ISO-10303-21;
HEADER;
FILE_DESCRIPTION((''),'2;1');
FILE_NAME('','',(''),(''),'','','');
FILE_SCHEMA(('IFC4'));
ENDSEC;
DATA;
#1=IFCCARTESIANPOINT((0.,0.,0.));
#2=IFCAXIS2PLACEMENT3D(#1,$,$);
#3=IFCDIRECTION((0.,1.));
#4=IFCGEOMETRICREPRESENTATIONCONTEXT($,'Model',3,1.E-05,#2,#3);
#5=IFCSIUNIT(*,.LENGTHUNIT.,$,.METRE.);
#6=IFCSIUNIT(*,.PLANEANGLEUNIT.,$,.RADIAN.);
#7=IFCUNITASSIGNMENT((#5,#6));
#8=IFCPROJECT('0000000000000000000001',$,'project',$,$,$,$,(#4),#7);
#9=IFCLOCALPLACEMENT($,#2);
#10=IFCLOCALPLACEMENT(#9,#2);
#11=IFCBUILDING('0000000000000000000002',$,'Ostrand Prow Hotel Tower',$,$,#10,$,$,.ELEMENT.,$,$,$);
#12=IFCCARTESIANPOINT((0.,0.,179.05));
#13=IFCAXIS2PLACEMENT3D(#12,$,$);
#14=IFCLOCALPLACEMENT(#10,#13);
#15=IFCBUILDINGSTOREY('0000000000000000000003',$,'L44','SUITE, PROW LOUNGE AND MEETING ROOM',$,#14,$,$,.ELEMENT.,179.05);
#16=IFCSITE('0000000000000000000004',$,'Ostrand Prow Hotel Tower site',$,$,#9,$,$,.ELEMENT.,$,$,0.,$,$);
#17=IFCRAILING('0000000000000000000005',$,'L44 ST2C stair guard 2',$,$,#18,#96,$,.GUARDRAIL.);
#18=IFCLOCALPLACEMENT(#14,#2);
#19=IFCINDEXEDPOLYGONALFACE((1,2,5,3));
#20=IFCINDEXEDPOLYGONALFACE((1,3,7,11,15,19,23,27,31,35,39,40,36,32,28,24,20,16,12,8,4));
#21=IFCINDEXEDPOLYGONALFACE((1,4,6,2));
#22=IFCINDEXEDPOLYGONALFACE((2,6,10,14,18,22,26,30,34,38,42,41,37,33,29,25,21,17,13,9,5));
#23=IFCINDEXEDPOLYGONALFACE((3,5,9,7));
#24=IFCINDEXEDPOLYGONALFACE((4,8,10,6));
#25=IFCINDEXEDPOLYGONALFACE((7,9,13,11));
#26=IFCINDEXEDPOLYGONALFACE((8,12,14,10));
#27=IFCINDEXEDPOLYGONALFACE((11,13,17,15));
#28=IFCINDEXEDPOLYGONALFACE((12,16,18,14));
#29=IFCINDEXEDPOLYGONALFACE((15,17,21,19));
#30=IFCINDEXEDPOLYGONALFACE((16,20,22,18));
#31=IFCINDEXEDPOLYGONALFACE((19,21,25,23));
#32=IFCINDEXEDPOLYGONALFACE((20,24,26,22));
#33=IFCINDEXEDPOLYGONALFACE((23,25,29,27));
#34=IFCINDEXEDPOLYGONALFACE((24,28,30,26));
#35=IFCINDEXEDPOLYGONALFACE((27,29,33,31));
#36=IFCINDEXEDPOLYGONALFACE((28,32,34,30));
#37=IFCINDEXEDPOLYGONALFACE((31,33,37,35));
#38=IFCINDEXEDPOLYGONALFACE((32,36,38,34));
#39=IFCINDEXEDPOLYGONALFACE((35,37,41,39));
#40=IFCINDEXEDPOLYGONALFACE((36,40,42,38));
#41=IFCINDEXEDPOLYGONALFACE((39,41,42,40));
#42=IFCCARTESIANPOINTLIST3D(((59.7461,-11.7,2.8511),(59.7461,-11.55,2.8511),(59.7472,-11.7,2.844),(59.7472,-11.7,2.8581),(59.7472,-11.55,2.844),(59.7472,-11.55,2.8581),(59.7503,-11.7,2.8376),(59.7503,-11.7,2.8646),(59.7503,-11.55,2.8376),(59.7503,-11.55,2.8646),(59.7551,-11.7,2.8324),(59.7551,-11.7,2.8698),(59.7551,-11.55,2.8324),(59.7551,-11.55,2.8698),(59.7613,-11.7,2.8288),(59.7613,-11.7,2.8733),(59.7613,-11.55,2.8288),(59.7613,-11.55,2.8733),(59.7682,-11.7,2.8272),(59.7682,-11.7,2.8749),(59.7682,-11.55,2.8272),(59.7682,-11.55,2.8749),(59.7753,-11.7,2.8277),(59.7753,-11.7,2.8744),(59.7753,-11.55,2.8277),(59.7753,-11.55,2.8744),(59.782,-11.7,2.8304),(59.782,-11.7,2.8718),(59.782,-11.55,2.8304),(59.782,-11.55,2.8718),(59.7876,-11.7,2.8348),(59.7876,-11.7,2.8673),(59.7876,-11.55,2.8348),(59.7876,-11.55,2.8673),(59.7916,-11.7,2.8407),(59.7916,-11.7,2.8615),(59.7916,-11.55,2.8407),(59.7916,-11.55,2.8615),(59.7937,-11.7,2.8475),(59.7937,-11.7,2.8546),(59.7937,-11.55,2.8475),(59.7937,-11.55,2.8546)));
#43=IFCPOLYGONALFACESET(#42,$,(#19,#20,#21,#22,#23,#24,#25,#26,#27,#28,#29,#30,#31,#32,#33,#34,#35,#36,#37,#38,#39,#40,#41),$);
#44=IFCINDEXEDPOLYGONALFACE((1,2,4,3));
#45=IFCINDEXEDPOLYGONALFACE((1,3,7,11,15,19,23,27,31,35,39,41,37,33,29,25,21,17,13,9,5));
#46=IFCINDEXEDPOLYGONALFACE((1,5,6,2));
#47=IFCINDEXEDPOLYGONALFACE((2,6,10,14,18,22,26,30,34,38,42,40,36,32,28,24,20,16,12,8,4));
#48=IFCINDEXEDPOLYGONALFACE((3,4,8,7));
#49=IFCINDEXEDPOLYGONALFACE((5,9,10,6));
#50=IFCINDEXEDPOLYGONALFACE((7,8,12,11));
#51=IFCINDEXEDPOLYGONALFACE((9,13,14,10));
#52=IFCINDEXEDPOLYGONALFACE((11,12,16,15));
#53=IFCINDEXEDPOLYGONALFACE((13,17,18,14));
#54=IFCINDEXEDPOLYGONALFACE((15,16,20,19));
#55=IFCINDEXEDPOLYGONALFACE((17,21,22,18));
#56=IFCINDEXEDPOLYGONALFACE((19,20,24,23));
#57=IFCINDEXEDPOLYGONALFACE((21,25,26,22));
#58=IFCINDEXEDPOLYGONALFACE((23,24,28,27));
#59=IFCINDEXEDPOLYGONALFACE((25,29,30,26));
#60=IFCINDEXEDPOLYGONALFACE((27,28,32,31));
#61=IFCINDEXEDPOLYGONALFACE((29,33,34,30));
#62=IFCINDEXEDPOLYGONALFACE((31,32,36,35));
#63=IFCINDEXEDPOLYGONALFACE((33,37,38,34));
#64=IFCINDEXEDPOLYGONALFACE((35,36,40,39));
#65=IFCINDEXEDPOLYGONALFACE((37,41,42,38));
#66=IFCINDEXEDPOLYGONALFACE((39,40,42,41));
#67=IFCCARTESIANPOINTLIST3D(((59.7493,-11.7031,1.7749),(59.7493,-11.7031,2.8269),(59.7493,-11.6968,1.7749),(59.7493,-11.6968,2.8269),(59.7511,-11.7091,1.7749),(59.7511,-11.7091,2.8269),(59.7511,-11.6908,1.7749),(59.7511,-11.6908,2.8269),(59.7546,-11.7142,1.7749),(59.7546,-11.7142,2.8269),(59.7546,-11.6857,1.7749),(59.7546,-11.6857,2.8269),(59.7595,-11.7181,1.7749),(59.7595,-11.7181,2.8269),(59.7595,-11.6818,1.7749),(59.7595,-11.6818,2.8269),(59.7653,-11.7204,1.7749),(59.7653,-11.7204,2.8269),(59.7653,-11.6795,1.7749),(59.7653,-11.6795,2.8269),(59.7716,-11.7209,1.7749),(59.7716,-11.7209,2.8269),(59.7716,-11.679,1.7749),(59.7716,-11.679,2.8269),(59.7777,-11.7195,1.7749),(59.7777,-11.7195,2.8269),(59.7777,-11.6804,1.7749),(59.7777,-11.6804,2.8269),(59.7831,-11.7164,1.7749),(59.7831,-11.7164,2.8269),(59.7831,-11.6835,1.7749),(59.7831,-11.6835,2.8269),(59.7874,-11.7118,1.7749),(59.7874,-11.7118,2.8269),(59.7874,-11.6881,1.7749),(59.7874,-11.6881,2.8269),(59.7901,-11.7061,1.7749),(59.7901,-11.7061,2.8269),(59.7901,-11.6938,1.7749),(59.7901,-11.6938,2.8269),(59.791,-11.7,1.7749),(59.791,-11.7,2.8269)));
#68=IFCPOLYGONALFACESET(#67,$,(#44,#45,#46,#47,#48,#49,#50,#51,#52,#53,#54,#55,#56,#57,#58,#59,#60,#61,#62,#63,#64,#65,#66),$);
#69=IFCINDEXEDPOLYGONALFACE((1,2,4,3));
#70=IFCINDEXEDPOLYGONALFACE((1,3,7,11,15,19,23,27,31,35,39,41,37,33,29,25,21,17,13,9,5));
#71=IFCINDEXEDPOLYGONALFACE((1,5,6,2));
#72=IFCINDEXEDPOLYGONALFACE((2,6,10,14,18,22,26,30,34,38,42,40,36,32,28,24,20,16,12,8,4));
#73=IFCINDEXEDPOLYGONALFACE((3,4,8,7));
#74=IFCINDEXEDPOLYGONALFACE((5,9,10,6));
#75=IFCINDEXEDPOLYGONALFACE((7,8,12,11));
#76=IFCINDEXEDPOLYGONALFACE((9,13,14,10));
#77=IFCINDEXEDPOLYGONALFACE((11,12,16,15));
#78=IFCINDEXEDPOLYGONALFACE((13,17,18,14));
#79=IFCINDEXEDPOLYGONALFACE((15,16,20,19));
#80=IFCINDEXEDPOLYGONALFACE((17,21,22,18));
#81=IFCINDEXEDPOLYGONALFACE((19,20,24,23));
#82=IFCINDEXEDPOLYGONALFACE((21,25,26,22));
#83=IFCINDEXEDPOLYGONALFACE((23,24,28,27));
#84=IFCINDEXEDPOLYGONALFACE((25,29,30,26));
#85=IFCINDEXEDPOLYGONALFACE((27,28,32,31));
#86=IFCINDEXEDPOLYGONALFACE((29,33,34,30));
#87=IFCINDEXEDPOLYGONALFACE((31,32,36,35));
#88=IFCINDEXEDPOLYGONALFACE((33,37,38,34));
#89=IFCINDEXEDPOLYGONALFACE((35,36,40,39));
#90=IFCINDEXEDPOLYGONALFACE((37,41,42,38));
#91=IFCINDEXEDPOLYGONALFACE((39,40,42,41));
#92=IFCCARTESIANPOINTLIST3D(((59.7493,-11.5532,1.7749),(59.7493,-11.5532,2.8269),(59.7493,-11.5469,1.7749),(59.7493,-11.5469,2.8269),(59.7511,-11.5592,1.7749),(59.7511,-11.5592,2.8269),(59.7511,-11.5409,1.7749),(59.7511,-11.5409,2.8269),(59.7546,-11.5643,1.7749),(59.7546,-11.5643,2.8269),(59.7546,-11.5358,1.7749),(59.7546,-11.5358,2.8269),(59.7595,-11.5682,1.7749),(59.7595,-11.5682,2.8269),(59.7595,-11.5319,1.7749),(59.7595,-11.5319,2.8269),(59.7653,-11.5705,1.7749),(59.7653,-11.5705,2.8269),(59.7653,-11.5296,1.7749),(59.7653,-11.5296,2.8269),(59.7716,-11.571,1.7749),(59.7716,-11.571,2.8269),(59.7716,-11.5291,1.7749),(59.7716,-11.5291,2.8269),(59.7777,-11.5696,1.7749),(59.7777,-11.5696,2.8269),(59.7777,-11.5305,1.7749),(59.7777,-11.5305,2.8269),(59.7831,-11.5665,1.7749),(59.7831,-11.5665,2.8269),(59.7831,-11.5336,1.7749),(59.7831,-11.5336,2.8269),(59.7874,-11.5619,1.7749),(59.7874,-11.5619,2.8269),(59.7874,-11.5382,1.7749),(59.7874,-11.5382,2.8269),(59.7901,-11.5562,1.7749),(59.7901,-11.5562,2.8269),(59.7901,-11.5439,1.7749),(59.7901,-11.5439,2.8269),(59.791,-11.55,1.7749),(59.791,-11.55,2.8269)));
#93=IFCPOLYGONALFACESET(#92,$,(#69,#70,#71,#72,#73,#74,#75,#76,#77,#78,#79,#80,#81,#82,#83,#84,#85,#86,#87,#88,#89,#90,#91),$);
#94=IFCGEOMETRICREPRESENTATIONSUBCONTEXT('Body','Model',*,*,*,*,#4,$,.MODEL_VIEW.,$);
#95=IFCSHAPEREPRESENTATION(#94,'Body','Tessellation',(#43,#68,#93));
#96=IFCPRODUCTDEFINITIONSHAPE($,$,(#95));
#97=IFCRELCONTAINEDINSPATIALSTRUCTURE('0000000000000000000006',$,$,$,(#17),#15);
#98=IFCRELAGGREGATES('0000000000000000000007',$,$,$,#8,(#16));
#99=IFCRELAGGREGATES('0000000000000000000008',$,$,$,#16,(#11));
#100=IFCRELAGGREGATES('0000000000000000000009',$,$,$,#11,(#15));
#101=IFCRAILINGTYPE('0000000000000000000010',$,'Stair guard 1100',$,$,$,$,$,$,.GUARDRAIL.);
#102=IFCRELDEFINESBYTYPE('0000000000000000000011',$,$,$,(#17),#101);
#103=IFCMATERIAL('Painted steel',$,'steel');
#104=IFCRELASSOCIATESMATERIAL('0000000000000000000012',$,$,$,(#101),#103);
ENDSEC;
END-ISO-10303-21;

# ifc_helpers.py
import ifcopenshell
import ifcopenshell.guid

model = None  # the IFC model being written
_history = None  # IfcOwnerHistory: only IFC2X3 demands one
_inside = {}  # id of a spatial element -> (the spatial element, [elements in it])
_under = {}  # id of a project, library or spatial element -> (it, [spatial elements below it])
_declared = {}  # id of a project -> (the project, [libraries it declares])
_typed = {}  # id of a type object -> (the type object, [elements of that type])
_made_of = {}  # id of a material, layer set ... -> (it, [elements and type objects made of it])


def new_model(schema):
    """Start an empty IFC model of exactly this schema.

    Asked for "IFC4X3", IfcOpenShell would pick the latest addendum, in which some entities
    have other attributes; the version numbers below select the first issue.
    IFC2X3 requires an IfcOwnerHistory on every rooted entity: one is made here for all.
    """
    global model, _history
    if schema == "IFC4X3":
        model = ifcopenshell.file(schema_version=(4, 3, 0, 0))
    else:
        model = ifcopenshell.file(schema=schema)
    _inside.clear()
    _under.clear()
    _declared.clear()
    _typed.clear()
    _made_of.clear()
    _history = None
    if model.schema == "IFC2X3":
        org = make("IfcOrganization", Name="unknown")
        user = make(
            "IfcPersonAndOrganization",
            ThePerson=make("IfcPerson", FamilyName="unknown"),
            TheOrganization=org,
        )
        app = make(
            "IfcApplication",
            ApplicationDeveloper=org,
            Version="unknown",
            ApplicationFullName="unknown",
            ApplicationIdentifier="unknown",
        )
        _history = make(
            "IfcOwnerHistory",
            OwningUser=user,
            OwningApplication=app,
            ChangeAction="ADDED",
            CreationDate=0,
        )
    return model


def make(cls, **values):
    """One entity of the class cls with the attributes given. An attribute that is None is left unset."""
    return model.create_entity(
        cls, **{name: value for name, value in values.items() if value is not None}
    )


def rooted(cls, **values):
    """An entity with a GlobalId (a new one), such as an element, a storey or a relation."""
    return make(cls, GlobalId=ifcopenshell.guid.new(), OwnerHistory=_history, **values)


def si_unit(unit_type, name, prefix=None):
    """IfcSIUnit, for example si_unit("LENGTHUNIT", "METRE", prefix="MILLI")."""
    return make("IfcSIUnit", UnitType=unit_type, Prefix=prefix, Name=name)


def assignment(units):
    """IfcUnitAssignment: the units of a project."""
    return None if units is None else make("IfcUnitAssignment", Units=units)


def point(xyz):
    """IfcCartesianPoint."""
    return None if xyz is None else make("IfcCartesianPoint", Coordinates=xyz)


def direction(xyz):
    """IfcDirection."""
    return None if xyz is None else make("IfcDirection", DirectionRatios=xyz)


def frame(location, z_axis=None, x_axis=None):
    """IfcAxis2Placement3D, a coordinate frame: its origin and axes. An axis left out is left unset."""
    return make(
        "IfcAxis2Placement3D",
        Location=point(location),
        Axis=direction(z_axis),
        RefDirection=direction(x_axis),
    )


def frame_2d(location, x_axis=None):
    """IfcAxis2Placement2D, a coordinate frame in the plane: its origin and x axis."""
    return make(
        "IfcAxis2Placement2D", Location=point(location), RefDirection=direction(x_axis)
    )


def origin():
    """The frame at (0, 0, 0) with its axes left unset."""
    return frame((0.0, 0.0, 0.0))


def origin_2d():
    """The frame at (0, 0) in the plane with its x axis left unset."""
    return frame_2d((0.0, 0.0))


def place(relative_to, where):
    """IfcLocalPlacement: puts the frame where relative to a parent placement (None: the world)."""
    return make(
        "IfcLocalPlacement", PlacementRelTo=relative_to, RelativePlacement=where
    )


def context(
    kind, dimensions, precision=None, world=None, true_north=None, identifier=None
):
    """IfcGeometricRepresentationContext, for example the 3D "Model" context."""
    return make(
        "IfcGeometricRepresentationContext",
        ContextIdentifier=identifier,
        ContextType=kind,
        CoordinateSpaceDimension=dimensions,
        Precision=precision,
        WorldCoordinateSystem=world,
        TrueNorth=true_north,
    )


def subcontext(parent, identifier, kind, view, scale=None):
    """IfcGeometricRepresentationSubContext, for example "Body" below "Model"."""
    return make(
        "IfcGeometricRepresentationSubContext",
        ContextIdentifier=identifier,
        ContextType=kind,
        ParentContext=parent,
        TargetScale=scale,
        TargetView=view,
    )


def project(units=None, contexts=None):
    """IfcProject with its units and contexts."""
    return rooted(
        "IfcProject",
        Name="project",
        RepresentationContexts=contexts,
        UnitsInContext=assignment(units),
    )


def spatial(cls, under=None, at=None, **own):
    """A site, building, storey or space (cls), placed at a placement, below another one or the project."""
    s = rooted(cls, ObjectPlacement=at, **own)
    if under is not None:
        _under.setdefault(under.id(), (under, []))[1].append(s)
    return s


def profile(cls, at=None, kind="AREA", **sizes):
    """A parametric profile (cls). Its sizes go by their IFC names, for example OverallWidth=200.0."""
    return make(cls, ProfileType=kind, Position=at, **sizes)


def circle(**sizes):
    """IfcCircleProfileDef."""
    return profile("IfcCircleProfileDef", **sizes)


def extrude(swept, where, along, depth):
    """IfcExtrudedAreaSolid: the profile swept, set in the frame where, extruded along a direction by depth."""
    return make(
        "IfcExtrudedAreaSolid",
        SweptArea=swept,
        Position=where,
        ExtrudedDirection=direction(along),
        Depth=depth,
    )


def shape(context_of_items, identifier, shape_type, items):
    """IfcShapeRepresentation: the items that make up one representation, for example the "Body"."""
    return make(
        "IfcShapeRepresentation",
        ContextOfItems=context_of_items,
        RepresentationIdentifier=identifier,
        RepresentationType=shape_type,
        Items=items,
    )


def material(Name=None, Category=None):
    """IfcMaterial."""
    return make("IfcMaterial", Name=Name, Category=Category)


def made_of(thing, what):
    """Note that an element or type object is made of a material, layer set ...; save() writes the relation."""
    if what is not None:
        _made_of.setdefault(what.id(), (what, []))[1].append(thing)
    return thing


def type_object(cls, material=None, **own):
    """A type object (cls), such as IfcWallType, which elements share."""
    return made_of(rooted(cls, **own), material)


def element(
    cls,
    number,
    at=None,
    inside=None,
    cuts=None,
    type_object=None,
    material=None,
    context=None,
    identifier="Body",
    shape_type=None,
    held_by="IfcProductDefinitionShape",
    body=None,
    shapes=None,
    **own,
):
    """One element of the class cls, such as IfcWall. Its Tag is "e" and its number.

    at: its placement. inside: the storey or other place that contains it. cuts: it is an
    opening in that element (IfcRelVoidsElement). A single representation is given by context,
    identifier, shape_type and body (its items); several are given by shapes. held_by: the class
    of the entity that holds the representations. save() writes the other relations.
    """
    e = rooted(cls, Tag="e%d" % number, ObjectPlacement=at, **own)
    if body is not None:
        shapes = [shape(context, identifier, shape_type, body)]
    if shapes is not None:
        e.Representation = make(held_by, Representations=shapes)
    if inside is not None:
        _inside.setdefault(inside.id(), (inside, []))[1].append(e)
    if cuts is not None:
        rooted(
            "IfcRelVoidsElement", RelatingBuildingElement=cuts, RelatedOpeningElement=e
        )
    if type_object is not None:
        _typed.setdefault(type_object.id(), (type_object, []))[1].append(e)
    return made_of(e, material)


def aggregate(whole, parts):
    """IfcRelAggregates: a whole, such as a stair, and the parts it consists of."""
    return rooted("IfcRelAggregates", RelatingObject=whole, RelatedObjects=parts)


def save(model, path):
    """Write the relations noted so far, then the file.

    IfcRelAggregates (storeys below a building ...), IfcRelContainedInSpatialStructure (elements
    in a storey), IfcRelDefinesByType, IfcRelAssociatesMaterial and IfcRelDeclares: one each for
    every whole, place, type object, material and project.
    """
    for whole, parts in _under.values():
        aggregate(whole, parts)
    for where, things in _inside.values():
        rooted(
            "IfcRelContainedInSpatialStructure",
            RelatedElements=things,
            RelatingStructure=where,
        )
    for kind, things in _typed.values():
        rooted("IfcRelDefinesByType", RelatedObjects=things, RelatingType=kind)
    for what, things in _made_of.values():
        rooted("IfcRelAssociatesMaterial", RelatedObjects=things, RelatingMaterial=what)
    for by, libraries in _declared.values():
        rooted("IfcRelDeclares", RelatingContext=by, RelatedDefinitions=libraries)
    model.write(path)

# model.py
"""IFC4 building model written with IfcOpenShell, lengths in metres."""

from ifc_helpers import new_model, si_unit, direction, frame, origin, origin_2d, place, context, subcontext, project, spatial, circle, extrude, material, type_object, element, save


model = new_model("IFC4")

# Units and contexts
model_context = context("Model", 3, precision=1e-05, world=origin(), true_north=direction((0.0, 1.0)))
body_context = subcontext(model_context, "Body", "Model", "MODEL_VIEW")
ifc_project = project(units=[si_unit("LENGTHUNIT", "METRE"), si_unit("PLANEANGLEUNIT", "RADIAN")], contexts=[model_context])

# Site, building, storey
site_placement = place(None, origin())
site = spatial("IfcSite", under=ifc_project, at=site_placement, Name="Ostrand Prow Hotel Tower site", CompositionType="ELEMENT", RefElevation=0.0)
building_placement = place(site_placement, origin())
building = spatial("IfcBuilding", under=site, at=building_placement, Name="Ostrand Prow Hotel Tower", CompositionType="ELEMENT")
storey_placement = place(building_placement, frame((0.0, 0.0, 179.05)))
storey = spatial("IfcBuildingStorey", under=building, at=storey_placement, Name="L44", Description="SUITE, PROW LOUNGE AND MEETING ROOM", CompositionType="ELEMENT", Elevation=179.05)

# Railing
ifc_material_1 = material(Name="Painted steel", Category="steel")
railing_type_1 = type_object("IfcRailingType", Name="Stair guard 1100", PredefinedType="GUARDRAIL", material=ifc_material_1)
railing_1_placement = place(storey_placement, frame((59.77, -11.7, 1.7749)))
element("IfcRailing", 1, at=railing_1_placement, inside=storey, type_object=railing_type_1, Name="L44 ST2C stair guard 2", PredefinedType="GUARDRAIL", context=body_context, shape_type="SweptSolid", body=[
    extrude(circle(Radius=0.0239, at=origin_2d()), frame((0.0, 0.0, 1.0762), z_axis=(0.0, 1.0, 0.0), x_axis=(-1.0, 0.0, 0.0)), (0.0, 0.0, 1.0), 0.1499),
    extrude(circle(Radius=0.021, at=origin_2d()), origin(), (0.0, 0.0, 1.0), 1.052),
    extrude(circle(Radius=0.021, at=origin_2d()), frame((0.0, 0.1499, 0.0)), (0.0, 0.0, 1.0), 1.052),
])

save(model, "model.ifc")
